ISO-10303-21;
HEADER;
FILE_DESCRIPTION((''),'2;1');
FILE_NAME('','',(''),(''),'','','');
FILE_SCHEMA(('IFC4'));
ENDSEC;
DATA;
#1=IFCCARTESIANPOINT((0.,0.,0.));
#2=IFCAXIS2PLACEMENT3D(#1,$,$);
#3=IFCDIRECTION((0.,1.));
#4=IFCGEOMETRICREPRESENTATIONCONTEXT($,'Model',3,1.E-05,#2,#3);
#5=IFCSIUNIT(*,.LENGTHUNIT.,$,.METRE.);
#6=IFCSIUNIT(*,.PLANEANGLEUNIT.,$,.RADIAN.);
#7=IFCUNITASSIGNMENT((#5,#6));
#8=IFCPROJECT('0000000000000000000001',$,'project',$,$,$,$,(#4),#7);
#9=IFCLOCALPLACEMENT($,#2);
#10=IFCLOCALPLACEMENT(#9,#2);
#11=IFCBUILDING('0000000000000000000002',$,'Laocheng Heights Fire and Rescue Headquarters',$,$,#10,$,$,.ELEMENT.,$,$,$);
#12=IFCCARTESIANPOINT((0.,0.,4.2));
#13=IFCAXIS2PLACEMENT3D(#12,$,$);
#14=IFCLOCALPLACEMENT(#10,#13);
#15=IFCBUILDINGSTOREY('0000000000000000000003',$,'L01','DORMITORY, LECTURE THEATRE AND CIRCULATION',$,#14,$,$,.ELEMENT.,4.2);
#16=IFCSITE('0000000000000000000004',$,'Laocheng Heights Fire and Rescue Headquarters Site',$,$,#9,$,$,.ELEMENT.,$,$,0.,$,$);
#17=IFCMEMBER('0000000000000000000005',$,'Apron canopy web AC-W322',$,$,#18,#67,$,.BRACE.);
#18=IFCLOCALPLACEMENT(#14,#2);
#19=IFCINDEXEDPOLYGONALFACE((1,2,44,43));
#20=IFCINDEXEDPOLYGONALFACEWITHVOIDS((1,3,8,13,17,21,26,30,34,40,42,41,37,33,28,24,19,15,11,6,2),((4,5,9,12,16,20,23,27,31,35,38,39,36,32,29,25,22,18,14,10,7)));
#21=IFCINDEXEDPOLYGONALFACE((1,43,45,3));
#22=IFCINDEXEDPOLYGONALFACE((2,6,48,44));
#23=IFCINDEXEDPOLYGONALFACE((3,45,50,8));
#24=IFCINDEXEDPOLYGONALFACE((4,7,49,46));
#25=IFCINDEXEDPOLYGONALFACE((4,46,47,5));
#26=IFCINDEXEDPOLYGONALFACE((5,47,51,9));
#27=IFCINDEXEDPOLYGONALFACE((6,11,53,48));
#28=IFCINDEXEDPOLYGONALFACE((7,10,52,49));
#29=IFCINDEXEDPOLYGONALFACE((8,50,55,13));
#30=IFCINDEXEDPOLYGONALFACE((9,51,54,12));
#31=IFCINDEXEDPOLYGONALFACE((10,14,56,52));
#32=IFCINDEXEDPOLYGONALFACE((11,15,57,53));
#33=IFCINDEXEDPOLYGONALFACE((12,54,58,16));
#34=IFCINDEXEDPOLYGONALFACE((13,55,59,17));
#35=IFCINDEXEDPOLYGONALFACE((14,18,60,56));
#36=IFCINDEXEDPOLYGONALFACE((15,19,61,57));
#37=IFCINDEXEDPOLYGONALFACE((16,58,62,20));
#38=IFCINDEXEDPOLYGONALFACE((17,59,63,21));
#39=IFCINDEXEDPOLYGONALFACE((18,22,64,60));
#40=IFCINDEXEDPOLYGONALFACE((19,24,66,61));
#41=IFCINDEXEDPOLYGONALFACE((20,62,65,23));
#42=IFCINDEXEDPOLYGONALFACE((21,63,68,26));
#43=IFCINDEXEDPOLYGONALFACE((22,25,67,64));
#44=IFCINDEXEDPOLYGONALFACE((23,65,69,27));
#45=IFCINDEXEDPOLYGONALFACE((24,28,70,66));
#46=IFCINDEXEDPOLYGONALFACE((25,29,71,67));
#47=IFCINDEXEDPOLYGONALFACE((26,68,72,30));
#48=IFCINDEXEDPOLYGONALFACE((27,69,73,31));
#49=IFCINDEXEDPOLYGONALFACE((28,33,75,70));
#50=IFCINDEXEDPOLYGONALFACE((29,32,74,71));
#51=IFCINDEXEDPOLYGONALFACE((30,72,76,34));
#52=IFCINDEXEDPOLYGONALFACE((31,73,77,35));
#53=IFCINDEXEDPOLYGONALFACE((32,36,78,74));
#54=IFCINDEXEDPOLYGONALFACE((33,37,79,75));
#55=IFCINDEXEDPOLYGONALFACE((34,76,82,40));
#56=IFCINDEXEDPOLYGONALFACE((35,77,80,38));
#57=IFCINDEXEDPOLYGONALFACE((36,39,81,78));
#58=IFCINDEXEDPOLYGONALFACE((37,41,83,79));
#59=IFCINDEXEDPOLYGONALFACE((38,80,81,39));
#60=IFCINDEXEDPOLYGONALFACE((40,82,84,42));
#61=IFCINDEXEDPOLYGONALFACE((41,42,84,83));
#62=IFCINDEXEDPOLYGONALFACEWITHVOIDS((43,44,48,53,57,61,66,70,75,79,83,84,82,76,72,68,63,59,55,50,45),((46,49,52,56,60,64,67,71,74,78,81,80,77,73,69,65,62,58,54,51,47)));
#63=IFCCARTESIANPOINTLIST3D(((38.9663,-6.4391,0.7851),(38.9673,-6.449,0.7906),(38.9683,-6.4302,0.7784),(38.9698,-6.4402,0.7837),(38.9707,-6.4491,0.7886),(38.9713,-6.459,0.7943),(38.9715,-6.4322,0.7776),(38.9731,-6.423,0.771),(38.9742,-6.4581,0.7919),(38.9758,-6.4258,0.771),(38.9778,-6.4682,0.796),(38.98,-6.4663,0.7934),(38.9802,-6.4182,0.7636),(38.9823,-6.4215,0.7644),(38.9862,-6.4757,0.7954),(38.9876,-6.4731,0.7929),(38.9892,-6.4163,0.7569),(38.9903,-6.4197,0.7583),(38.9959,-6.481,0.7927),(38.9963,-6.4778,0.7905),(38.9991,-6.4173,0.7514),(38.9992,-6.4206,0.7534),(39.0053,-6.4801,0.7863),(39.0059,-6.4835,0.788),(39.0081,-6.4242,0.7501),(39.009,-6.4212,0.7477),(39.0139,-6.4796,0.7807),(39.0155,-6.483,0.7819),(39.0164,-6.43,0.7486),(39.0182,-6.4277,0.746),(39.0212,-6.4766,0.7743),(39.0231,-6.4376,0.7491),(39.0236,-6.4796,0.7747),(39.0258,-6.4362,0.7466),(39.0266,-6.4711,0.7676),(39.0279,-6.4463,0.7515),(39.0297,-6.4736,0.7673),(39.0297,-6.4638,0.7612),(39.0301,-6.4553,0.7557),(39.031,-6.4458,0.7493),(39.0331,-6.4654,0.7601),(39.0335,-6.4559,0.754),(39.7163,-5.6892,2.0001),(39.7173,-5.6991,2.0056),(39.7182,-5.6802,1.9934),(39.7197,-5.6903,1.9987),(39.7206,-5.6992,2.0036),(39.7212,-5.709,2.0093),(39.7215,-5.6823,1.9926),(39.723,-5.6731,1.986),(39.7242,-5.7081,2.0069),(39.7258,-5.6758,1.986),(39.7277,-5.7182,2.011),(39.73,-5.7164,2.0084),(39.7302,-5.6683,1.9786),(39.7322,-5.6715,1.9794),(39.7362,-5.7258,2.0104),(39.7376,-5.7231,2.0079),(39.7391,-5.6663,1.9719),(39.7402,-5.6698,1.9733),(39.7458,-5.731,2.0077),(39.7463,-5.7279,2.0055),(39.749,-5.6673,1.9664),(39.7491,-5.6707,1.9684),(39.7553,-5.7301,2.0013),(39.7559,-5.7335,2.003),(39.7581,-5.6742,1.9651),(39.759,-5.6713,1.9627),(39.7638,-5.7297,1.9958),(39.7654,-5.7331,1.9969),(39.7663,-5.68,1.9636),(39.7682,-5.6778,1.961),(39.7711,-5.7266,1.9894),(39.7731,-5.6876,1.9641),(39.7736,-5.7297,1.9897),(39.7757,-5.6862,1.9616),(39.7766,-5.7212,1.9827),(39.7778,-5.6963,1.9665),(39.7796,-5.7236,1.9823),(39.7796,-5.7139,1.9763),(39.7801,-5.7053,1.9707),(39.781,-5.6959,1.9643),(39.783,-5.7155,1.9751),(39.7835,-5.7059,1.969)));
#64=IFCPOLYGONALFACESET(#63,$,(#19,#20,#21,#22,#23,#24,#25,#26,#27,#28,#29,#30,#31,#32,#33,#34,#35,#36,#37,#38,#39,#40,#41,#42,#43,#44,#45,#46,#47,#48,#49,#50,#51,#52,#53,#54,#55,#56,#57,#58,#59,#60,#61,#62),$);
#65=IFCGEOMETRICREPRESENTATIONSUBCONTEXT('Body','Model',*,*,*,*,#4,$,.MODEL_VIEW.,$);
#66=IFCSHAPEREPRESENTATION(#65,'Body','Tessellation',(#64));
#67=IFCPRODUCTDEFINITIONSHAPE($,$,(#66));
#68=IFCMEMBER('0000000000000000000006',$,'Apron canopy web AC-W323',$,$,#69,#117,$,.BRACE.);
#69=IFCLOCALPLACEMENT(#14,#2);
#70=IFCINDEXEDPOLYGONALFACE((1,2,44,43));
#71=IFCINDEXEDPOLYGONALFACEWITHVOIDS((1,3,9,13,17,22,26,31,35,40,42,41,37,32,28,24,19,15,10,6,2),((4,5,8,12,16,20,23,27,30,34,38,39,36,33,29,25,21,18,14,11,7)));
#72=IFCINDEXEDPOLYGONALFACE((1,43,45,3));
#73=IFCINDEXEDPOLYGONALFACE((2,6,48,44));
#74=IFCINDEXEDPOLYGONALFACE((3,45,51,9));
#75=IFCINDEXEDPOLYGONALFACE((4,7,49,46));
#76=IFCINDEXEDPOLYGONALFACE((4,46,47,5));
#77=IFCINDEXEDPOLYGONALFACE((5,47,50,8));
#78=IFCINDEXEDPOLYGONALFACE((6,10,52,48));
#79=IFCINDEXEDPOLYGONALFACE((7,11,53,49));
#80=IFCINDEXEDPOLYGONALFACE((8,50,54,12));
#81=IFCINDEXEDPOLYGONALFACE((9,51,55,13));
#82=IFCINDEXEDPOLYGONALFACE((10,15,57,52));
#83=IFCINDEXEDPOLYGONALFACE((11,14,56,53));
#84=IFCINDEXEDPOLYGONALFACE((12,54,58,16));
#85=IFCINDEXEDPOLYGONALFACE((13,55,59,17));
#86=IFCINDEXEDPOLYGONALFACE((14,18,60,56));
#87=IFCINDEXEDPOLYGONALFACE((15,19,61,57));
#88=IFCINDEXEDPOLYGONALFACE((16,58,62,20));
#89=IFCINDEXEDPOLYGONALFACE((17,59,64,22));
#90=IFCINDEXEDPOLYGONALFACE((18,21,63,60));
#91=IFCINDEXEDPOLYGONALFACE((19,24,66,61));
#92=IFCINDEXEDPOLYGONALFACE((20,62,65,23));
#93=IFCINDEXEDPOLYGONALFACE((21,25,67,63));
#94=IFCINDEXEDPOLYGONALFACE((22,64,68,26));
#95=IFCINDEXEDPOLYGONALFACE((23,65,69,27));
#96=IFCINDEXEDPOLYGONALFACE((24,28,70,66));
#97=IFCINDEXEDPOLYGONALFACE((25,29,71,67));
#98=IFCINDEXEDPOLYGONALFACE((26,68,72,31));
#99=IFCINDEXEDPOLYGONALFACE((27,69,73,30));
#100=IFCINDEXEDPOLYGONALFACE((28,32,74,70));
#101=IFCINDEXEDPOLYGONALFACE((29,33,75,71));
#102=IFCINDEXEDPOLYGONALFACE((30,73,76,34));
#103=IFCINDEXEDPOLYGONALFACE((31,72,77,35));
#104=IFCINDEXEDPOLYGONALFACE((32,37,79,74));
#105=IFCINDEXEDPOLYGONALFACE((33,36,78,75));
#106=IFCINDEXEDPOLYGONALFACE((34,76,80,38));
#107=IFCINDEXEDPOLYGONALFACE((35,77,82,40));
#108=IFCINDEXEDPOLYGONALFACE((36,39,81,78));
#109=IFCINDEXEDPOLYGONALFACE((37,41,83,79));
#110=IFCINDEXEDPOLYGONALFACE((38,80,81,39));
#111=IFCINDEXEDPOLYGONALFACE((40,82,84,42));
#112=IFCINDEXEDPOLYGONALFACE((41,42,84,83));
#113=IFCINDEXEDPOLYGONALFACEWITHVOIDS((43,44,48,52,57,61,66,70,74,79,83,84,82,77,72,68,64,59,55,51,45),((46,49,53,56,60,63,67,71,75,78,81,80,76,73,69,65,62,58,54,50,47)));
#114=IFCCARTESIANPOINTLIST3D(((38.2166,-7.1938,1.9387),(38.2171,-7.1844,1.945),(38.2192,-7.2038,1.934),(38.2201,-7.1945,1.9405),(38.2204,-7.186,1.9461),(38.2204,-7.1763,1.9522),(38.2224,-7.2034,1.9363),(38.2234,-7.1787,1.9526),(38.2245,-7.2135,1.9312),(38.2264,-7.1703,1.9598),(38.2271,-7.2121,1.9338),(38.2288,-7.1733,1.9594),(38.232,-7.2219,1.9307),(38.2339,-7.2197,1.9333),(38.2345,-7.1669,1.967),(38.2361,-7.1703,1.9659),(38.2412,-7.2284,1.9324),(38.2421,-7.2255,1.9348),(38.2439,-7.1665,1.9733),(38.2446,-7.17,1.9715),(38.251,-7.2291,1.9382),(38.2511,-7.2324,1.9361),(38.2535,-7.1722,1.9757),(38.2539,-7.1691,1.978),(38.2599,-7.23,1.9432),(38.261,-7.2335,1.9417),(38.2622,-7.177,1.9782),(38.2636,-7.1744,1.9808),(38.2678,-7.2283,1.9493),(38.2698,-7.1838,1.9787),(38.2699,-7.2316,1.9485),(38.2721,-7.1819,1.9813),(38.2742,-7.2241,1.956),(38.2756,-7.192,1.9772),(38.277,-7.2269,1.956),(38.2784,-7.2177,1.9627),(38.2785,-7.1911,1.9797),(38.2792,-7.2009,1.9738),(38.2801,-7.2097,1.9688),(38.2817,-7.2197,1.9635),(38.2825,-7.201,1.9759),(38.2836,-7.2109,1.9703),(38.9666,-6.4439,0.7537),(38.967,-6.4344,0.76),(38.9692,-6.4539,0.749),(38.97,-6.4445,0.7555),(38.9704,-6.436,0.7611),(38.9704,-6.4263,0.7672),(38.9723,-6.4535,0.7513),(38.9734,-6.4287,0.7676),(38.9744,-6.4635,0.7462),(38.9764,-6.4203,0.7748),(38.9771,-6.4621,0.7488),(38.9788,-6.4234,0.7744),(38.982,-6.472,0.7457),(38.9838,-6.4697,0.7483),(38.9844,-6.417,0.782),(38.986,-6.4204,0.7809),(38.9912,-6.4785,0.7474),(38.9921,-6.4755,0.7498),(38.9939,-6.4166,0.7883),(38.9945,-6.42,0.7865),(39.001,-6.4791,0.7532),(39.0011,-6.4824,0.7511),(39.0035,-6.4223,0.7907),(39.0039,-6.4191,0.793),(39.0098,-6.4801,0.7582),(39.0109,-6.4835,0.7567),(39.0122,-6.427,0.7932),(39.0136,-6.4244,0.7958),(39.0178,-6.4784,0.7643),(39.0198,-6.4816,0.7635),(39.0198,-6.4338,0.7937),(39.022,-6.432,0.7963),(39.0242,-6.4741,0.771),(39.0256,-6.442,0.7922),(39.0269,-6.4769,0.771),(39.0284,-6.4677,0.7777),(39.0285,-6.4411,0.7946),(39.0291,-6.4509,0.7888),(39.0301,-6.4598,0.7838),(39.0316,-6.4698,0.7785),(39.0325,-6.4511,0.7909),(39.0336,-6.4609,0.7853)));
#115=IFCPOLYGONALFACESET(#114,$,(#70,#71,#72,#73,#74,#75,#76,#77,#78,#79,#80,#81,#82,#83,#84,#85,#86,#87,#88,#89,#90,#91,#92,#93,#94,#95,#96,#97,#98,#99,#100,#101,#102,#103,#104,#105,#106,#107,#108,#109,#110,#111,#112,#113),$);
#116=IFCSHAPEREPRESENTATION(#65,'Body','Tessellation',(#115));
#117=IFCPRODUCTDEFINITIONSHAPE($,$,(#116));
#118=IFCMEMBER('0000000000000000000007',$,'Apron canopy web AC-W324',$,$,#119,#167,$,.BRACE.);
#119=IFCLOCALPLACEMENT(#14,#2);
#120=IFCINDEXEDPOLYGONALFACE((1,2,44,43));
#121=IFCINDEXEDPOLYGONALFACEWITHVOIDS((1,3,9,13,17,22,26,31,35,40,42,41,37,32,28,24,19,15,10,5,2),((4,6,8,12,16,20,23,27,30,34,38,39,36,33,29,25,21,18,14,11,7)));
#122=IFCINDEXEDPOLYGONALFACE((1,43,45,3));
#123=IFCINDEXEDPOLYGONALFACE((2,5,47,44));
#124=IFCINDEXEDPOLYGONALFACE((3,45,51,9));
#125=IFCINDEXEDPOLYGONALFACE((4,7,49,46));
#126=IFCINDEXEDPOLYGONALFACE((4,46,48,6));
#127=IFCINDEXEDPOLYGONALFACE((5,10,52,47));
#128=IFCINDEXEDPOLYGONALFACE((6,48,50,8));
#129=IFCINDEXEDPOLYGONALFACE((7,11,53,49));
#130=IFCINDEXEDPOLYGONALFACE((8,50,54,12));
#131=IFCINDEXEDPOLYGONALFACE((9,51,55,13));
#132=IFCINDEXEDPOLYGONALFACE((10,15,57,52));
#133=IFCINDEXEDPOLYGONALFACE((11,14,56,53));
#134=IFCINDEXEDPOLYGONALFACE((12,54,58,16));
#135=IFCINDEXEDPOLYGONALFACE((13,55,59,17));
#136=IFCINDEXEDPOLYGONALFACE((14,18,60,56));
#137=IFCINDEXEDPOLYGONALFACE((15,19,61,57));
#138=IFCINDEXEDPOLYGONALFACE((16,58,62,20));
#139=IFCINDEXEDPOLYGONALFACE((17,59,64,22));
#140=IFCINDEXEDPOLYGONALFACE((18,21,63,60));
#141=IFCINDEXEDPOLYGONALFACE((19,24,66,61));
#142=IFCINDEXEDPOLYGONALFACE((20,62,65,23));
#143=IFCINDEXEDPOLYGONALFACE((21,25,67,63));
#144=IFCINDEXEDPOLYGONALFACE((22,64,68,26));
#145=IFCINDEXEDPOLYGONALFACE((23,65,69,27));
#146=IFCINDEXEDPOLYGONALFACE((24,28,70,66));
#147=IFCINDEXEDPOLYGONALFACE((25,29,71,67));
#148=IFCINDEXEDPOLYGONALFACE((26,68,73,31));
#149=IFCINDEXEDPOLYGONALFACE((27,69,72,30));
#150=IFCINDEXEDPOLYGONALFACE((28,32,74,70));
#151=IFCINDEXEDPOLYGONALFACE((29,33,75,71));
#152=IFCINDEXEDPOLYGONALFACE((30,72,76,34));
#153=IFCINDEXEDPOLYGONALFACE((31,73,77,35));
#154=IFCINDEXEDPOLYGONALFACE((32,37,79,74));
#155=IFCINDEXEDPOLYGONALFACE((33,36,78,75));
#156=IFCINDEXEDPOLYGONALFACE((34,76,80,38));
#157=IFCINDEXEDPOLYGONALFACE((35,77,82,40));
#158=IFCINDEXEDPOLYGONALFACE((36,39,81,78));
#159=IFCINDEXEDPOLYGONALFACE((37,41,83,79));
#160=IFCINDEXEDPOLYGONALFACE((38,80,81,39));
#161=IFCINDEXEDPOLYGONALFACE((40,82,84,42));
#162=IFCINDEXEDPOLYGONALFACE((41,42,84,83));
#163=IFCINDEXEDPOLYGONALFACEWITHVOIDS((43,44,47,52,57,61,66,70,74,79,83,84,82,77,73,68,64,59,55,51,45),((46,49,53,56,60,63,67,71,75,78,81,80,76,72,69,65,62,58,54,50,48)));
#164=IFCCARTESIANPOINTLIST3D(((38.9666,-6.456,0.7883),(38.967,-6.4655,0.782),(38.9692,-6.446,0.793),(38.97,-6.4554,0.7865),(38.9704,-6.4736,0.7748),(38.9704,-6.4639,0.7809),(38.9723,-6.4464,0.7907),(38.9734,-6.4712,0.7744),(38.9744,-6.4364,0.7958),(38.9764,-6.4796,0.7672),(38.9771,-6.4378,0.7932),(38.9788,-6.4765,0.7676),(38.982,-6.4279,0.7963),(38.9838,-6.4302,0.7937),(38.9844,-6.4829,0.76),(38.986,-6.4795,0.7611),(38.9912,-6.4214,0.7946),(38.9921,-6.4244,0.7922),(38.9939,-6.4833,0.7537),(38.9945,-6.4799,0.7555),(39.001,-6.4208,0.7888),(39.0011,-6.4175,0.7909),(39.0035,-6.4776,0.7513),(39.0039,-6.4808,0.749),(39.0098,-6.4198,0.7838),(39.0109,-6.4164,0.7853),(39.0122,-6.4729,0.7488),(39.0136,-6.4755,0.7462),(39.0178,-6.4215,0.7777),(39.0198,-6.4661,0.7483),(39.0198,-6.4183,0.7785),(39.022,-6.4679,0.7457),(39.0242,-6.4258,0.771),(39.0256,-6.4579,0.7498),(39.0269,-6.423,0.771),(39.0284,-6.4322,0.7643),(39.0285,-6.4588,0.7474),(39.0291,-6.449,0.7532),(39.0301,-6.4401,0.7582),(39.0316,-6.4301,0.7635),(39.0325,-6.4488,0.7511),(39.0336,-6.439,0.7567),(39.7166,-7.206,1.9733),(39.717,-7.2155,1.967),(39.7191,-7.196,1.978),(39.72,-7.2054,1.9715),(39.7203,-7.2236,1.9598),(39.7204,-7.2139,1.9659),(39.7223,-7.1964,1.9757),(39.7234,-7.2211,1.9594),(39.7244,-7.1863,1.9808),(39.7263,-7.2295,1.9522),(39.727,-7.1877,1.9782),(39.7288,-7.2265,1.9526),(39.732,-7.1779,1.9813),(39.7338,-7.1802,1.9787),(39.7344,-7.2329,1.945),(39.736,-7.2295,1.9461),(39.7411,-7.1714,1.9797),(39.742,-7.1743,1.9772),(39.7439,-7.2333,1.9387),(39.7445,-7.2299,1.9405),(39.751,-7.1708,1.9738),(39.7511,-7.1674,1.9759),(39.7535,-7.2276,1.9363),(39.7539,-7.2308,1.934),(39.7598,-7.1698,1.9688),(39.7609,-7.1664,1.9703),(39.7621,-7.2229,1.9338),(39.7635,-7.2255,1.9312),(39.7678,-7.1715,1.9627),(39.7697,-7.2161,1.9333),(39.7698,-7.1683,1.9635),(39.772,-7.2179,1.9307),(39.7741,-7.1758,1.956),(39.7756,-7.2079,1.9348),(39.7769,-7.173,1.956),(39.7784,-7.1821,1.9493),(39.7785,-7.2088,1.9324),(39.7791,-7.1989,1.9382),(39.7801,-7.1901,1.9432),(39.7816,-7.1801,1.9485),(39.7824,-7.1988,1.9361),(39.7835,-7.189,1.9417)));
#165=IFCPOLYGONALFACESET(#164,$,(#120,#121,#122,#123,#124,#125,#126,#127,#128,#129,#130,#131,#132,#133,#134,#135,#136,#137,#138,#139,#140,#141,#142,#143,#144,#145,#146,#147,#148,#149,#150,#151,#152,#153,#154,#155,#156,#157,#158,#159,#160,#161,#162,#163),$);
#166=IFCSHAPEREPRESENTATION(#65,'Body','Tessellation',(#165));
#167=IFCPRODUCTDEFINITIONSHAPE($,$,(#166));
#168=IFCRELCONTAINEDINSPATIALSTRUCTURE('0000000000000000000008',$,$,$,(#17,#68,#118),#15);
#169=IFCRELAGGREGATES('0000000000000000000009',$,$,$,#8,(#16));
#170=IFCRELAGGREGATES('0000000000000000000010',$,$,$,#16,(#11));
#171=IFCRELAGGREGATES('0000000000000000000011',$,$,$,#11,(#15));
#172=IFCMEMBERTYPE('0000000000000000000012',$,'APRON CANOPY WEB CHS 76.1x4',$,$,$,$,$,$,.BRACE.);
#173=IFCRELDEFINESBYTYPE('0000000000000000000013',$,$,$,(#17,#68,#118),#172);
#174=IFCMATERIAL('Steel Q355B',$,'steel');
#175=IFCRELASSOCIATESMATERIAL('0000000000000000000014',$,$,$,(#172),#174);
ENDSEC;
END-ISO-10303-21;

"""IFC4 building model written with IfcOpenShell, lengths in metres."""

from ifc_helpers import new_model, si_unit, direction, frame, origin, origin_2d, place, context, subcontext, project, spatial, hollow_circle, extrude, material, material_profile, profile_set, type_object, element, save


model = new_model("IFC4")

# Units and contexts
model_context = context("Model", 3, precision=1e-05, world=origin(), true_north=direction((0.0, 1.0)))
body_context = subcontext(model_context, "Body", "Model", "MODEL_VIEW")
ifc_project = project(units=[si_unit("LENGTHUNIT", "METRE"), si_unit("PLANEANGLEUNIT", "RADIAN")], contexts=[model_context])

# Site, building, storey
site_placement = place(None, origin())
site = spatial("IfcSite", under=ifc_project, at=site_placement, Name="Laocheng Heights Fire and Rescue Headquarters Site", CompositionType="ELEMENT", RefElevation=0.0)
building_placement = place(site_placement, origin())
building = spatial("IfcBuilding", under=site, at=building_placement, Name="Laocheng Heights Fire and Rescue Headquarters", CompositionType="ELEMENT")
storey_placement = place(building_placement, frame((0.0, 0.0, 4.2)))
storey = spatial("IfcBuildingStorey", under=building, at=storey_placement, Name="L01", Description="DORMITORY, LECTURE THEATRE AND CIRCULATION", CompositionType="ELEMENT", Elevation=4.2)

# Members
ifc_material_1 = material(Name="Steel Q355B", Category="steel")
ifc_material_profile_1 = material_profile(ifc_material_1, hollow_circle(Radius=0.0381, WallThickness=0.0039, at=origin_2d()), Name="CHS 76.1x4")
ifc_profile_set_1 = profile_set([ifc_material_profile_1], Name="Steel Q355B")
member_type_1 = type_object("IfcMemberType", Name="APRON CANOPY WEB CHS 76.1x4", PredefinedType="BRACE", material=ifc_profile_set_1)
for number, where, z_axis, x_axis, name in (
    (1, (39.0, -6.45, 0.771), (0.465002, 0.465002, 0.753357), (-0.707107, 0.707107, 0.0), "Apron canopy web AC-W322"),
):
    element("IfcMember", number, at=place(storey_placement, frame(where, z_axis=z_axis, x_axis=x_axis)), inside=storey, type_object=member_type_1, Name=name, PredefinedType="BRACE", context=body_context, shape_type="SweptSolid", body=[
        extrude(hollow_circle(Radius=0.0381, WallThickness=0.0039, at=origin_2d()), origin(), (0.0, 0.0, 1.0), 1.6128),
    ])
for number, where, z_axis, x_axis, name in (
    (2, (39.0, -6.45, 0.771), (-0.47158, -0.47158, 0.745134), (0.707107, -0.707107, 0.0), "Apron canopy web AC-W323"),
    (3, (39.0, -6.45, 0.771), (0.47158, -0.47158, 0.745134), (0.707107, 0.707107, 0.0), "Apron canopy web AC-W324"),
):
    element("IfcMember", number, at=place(storey_placement, frame(where, z_axis=z_axis, x_axis=x_axis)), inside=storey, type_object=member_type_1, Name=name, PredefinedType="BRACE", context=body_context, shape_type="SweptSolid", body=[
        extrude(hollow_circle(Radius=0.0381, WallThickness=0.0039, at=origin_2d()), origin(), (0.0, 0.0, 1.0), 1.5903),
    ])

save(model, "model.ifc")
